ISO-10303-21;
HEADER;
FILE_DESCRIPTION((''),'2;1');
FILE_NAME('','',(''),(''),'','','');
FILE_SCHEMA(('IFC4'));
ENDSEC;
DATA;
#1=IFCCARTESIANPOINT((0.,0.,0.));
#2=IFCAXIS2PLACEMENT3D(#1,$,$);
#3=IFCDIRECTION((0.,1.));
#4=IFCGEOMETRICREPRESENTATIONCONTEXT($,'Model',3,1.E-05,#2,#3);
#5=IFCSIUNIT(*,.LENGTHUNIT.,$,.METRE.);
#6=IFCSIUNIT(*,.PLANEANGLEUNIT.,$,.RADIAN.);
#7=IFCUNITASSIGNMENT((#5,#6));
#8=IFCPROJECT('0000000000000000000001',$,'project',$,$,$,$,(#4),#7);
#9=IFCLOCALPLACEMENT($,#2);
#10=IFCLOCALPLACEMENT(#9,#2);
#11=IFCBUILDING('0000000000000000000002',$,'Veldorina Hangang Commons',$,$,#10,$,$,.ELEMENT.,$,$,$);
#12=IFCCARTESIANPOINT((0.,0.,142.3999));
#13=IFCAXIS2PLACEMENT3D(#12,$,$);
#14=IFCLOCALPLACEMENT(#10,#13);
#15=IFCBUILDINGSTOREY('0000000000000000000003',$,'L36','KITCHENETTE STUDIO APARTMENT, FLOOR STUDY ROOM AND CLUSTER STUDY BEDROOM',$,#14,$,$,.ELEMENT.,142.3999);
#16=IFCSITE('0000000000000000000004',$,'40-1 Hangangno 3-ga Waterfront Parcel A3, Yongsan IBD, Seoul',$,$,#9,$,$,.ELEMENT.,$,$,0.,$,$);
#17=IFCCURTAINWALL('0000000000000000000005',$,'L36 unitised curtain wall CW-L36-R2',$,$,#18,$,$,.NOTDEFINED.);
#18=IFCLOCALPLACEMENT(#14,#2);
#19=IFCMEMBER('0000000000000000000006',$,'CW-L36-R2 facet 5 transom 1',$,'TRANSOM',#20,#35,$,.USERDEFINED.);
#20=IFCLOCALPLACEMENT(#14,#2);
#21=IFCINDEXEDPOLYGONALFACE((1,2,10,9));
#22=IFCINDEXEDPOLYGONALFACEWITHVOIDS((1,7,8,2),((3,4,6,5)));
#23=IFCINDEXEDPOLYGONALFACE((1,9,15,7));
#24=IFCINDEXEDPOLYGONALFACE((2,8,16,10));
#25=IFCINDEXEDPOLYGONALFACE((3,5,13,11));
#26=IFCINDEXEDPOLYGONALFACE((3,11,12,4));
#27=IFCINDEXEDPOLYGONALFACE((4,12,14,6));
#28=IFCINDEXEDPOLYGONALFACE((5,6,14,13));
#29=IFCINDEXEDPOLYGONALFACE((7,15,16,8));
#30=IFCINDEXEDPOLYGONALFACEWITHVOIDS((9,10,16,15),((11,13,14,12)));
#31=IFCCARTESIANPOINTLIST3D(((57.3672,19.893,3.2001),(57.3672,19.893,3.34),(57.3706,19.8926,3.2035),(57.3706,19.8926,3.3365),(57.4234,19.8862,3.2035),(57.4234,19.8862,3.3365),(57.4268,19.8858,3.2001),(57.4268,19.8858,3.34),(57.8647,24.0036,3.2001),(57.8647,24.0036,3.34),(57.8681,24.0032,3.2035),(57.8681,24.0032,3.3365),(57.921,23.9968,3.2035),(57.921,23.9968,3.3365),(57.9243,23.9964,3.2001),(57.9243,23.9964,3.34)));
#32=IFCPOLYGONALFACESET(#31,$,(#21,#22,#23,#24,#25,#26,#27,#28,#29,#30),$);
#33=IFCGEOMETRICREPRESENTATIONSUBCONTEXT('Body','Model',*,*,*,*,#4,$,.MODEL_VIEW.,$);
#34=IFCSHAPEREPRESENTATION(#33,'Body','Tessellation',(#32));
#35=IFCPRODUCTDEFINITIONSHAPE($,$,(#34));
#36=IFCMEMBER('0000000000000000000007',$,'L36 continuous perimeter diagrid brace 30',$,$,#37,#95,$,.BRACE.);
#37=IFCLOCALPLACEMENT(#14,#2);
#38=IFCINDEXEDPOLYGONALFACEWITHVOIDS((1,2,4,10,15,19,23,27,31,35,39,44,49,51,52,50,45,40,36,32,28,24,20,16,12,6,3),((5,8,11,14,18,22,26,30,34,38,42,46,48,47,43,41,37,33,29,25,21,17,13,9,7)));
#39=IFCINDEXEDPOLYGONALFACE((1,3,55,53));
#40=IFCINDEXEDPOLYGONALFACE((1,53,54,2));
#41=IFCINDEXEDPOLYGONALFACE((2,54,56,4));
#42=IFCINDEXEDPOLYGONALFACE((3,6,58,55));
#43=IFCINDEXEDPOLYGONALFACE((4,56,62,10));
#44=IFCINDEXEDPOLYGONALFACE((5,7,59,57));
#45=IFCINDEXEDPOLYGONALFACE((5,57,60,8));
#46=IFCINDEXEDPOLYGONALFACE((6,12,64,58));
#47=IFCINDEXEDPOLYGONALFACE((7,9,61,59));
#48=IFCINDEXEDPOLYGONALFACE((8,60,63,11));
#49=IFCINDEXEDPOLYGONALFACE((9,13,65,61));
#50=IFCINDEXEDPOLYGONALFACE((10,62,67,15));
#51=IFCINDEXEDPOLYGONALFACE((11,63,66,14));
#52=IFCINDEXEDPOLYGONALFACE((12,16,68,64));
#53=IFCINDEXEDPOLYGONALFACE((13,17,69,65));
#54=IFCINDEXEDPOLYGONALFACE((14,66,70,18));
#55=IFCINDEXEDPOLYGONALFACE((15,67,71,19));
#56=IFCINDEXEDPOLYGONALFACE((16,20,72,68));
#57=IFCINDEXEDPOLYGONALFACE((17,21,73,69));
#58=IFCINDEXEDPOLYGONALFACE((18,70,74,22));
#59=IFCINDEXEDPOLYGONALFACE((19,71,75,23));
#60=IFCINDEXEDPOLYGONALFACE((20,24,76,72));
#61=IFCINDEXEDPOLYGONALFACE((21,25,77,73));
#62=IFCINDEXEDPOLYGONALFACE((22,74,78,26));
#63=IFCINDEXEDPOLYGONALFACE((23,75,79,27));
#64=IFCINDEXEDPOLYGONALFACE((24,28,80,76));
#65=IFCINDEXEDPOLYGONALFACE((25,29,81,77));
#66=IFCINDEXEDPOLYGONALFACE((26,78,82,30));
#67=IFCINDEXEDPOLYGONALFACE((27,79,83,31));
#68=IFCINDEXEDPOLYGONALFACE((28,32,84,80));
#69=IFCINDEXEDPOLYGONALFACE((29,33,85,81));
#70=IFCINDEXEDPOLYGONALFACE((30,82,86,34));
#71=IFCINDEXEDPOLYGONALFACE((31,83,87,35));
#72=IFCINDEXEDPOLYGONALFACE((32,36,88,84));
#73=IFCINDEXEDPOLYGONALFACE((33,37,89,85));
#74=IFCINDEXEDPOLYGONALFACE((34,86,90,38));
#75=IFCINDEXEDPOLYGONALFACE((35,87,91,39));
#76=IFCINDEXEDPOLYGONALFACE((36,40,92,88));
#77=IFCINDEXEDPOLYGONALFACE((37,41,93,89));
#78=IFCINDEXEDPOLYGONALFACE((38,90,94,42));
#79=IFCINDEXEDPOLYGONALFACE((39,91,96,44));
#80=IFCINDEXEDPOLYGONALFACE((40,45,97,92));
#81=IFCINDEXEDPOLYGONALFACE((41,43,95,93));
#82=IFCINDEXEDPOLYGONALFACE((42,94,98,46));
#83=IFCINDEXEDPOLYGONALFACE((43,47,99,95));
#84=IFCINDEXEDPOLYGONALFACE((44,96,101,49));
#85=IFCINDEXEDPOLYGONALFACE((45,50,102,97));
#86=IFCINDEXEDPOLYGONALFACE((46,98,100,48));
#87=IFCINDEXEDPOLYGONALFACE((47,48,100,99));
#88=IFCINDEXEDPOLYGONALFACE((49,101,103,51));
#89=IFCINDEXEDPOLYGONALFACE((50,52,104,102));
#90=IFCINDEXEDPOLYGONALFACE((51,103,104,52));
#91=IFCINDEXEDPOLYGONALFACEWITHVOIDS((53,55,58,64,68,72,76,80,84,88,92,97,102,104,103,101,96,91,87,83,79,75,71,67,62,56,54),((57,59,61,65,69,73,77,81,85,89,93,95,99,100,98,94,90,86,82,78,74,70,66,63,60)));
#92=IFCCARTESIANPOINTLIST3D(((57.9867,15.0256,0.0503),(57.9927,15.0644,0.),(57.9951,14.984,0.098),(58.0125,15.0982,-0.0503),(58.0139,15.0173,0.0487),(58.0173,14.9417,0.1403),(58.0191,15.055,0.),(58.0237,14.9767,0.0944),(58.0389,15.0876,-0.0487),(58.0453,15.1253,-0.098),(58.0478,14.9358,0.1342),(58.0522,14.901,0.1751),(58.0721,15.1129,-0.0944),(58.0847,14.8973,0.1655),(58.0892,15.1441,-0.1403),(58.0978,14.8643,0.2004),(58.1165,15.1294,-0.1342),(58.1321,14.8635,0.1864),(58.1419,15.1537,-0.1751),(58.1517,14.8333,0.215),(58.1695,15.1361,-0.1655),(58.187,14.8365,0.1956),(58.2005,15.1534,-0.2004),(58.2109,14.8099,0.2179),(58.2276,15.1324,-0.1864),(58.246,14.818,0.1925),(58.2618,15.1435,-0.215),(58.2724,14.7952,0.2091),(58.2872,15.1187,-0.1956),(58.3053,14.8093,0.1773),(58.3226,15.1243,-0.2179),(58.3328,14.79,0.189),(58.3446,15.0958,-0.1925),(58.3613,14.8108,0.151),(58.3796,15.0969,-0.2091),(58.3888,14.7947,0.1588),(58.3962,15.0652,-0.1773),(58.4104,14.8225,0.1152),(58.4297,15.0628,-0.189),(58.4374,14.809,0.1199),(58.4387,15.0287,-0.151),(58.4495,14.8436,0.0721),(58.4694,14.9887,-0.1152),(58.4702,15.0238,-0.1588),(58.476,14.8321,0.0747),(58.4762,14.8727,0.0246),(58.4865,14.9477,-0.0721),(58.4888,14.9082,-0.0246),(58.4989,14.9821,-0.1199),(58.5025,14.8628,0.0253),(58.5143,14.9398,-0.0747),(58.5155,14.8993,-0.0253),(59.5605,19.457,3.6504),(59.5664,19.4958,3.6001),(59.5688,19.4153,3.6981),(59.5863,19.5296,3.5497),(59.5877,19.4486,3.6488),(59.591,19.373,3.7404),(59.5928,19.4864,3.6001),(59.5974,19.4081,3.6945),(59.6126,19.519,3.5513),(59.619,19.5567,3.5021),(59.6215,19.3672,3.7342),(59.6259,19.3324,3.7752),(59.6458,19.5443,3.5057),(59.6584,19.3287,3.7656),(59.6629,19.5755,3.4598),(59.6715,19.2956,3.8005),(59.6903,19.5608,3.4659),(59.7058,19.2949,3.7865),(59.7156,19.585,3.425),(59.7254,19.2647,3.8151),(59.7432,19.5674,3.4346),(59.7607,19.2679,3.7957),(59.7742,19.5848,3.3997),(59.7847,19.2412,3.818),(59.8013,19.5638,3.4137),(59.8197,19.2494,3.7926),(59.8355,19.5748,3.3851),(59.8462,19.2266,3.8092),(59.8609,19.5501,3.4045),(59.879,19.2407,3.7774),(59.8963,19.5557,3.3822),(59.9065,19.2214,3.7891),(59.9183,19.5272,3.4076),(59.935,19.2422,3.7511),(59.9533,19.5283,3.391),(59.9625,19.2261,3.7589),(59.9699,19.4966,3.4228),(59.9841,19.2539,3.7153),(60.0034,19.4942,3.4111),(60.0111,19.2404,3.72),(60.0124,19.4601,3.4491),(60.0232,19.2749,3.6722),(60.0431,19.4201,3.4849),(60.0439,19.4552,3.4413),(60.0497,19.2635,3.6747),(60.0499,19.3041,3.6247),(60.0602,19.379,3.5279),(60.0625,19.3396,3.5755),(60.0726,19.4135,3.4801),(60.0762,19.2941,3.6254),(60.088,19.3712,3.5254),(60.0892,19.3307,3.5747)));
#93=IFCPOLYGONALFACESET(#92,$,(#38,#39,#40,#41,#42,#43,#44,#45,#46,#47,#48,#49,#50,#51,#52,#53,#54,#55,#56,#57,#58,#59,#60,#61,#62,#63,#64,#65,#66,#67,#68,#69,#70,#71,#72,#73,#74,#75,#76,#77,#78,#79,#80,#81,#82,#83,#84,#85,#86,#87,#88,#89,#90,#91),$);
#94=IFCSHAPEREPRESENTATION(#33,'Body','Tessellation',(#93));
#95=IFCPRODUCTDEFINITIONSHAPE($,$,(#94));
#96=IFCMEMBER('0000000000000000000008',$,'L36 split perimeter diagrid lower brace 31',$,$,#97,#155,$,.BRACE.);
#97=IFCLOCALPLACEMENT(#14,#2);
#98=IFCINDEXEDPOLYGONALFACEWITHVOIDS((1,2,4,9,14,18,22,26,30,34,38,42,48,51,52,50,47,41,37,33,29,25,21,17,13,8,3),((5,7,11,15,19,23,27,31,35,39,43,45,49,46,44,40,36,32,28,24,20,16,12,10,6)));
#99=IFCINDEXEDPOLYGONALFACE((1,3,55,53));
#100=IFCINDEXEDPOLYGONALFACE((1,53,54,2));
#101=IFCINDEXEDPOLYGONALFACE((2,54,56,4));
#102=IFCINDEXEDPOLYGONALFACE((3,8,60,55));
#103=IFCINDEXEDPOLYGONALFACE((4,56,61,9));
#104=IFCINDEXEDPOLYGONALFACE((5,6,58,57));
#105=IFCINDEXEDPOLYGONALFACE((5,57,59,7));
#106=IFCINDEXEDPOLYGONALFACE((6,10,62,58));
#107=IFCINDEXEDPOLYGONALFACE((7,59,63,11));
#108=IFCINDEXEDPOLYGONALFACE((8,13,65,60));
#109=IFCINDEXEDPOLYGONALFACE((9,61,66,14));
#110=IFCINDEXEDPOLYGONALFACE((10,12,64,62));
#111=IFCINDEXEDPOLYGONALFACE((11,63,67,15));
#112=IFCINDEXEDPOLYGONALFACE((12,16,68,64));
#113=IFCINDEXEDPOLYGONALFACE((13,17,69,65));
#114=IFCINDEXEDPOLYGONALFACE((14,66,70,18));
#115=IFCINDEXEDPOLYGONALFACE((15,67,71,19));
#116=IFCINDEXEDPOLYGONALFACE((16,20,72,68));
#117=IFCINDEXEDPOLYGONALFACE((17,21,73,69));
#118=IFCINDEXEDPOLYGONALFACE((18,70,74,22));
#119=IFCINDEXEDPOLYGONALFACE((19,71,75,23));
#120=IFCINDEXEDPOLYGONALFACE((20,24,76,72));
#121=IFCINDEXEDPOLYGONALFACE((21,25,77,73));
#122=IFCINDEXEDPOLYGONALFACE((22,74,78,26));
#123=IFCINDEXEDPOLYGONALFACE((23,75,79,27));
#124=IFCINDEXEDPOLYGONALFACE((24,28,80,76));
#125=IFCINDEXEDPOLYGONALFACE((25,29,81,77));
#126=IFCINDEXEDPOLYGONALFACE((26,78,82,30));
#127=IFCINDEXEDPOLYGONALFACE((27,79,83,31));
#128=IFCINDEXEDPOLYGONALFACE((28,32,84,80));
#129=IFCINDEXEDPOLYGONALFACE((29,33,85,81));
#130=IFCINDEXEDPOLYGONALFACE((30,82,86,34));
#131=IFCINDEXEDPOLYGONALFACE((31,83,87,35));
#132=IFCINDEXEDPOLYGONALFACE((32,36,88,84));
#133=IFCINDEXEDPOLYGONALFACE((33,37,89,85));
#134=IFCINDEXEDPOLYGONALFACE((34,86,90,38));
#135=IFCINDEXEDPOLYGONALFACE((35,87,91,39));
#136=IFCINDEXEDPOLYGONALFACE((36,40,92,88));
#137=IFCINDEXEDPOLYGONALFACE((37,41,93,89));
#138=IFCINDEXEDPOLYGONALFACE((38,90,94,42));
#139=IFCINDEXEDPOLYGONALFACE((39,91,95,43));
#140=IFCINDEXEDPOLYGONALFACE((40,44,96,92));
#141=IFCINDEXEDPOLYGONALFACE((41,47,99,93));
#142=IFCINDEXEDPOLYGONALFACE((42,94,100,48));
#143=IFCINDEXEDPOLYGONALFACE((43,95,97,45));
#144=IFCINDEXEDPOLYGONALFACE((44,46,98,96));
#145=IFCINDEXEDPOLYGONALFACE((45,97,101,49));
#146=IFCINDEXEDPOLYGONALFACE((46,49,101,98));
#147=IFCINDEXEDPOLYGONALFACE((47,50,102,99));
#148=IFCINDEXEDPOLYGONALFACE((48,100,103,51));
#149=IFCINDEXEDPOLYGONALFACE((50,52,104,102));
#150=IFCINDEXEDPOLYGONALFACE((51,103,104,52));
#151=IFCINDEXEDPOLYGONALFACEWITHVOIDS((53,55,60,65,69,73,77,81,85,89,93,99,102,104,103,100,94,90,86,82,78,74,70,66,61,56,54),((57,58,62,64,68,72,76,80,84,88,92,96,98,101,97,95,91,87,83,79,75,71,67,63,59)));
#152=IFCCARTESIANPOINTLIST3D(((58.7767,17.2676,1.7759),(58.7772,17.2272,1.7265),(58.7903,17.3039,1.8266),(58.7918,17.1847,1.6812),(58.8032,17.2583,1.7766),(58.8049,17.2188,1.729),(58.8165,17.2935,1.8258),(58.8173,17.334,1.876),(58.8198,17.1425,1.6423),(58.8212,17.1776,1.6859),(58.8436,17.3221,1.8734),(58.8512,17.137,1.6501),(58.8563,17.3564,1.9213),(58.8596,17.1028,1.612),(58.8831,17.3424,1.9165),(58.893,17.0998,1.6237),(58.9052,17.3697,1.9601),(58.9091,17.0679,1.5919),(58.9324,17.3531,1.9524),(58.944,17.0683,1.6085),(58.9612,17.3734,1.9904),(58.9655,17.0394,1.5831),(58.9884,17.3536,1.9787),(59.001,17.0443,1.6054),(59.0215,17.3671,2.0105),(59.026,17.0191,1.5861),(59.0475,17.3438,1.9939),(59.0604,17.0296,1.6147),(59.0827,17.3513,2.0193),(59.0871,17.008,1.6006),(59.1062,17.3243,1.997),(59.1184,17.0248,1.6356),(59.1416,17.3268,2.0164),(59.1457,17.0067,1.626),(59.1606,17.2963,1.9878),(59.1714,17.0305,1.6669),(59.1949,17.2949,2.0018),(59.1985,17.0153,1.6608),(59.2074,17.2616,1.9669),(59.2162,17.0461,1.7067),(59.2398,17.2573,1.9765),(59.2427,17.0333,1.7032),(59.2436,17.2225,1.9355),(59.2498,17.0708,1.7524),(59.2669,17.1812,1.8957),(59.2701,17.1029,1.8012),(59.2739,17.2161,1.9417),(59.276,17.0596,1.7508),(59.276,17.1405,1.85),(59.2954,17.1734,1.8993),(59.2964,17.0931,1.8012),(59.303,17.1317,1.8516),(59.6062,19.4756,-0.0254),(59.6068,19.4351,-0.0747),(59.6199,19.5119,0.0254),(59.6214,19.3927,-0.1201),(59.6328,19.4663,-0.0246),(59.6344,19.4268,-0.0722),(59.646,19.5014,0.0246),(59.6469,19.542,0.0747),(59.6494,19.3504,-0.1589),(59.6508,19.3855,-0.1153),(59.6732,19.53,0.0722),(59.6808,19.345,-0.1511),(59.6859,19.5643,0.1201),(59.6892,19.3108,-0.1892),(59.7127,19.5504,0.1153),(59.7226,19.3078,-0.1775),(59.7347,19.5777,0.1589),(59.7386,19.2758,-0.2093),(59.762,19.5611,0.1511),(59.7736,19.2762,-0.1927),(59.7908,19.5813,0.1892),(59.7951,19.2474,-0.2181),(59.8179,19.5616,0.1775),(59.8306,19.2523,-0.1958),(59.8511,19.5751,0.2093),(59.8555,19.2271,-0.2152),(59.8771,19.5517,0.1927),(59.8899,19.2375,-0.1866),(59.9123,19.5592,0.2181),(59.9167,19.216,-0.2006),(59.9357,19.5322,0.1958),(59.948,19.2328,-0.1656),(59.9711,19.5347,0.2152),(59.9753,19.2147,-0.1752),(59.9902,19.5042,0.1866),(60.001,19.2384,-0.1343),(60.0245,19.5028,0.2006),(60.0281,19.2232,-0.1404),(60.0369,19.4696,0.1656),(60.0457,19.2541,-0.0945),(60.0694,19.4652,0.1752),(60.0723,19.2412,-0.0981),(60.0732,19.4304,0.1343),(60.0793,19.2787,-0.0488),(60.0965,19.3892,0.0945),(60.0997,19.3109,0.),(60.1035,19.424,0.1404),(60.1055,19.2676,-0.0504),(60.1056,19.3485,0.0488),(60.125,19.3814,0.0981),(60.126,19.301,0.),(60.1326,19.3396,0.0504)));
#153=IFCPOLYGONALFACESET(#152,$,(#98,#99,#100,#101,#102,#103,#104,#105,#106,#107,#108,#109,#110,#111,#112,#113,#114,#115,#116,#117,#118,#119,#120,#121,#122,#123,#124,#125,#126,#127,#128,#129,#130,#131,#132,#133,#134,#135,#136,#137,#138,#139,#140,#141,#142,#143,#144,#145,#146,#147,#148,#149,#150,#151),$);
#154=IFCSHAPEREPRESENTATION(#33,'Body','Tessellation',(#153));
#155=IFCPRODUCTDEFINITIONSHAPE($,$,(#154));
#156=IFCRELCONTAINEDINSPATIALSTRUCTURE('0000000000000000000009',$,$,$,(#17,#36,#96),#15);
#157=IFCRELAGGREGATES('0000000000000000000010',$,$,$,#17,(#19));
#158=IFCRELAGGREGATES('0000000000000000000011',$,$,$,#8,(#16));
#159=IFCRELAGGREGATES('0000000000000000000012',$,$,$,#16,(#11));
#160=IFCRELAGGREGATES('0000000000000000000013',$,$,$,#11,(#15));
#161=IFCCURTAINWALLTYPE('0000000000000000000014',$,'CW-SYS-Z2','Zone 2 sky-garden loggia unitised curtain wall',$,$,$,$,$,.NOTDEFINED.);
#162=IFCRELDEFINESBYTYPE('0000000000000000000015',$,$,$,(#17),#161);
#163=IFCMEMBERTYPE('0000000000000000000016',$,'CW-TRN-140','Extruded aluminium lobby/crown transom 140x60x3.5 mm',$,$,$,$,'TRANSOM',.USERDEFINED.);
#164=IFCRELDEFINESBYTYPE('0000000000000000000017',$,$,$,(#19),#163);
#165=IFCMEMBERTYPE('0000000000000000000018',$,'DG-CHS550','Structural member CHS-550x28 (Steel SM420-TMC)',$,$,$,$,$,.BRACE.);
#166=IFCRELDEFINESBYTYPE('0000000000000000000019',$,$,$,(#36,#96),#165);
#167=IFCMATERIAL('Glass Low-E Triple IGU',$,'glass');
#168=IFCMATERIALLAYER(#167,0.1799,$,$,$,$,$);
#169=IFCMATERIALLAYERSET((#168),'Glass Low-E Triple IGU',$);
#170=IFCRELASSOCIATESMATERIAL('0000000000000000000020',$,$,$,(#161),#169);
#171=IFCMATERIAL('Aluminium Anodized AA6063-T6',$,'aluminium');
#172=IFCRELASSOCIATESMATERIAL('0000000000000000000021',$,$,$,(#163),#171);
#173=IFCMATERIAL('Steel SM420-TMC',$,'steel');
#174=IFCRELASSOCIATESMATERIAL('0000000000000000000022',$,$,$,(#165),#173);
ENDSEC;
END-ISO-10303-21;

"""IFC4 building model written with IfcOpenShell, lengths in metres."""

from ifc_helpers import new_model, si_unit, direction, frame, origin, origin_2d, place, context, subcontext, project, spatial, hollow_rectangle, hollow_circle, extrude, material, layer, layer_set, material_profile, profile_set, type_object, element, aggregate, save


model = new_model("IFC4")

# Units and contexts
model_context = context("Model", 3, precision=1e-05, world=origin(), true_north=direction((0.0, 1.0)))
body_context = subcontext(model_context, "Body", "Model", "MODEL_VIEW")
ifc_project = project(units=[si_unit("LENGTHUNIT", "METRE"), si_unit("PLANEANGLEUNIT", "RADIAN")], contexts=[model_context])

# Site, building, storey
site_placement = place(None, origin())
site = spatial("IfcSite", under=ifc_project, at=site_placement, Name="40-1 Hangangno 3-ga Waterfront Parcel A3, Yongsan IBD, Seoul", CompositionType="ELEMENT", RefElevation=0.0)
building_placement = place(site_placement, origin())
building = spatial("IfcBuilding", under=site, at=building_placement, Name="Veldorina Hangang Commons", CompositionType="ELEMENT")
storey_placement = place(building_placement, frame((0.0, 0.0, 142.3999)))
storey = spatial("IfcBuildingStorey", under=building, at=storey_placement, Name="L36", Description="KITCHENETTE STUDIO APARTMENT, FLOOR STUDY ROOM AND CLUSTER STUDY BEDROOM", CompositionType="ELEMENT", Elevation=142.3999)

# Shared definitions
ifc_material_1 = material(Name="Steel SM420-TMC", Category="steel")

# Curtain wall, member
ifc_material_2 = material(Name="Glass Low-E Triple IGU", Category="glass")
ifc_layer_1 = layer(ifc_material_2, 0.1799)
ifc_layer_set_1 = layer_set([ifc_layer_1], Name="Glass Low-E Triple IGU")
curtain_wall_type = type_object("IfcCurtainWallType", Name="CW-SYS-Z2", Description="Zone 2 sky-garden loggia unitised curtain wall", PredefinedType="NOTDEFINED", material=ifc_layer_set_1)
curtain_wall_placement = place(storey_placement, origin())
curtain_wall = element("IfcCurtainWall", 1, at=curtain_wall_placement, inside=storey, type_object=curtain_wall_type, Name="L36 unitised curtain wall CW-L36-R2", PredefinedType="NOTDEFINED")
ifc_material_3 = material(Name="Aluminium Anodized AA6063-T6", Category="aluminium")
ifc_material_profile_1 = material_profile(ifc_material_3, hollow_rectangle(XDim=0.0601, YDim=0.1399, WallThickness=0.0034, at=origin_2d()), Name="ALU-RHS-140x60x3.5")
ifc_profile_set_1 = profile_set([ifc_material_profile_1], Name="Aluminium Anodized AA6063-T6")
member_type_1 = type_object("IfcMemberType", Name="CW-TRN-140", Description="Extruded aluminium lobby/crown transom 140x60x3.5 mm", ElementType="TRANSOM", PredefinedType="USERDEFINED", material=ifc_profile_set_1)
member_1_placement = place(storey_placement, frame((57.397, 19.8894, 3.27), z_axis=(0.120166, 0.992754, 0.0), x_axis=(-0.992754, 0.120166, 0.0)))
member_1 = element("IfcMember", 2, at=member_1_placement, type_object=member_type_1, Name="CW-L36-R2 facet 5 transom 1", ObjectType="TRANSOM", PredefinedType="USERDEFINED", context=body_context, shape_type="SweptSolid", body=[
    extrude(hollow_rectangle(XDim=0.0601, YDim=0.1399, WallThickness=0.0034, at=origin_2d()), origin(), (0.0, 0.0, 1.0), 4.1406),
])

# Members
ifc_material_profile_2 = material_profile(ifc_material_1, hollow_circle(Radius=0.2749, WallThickness=0.0281, at=origin_2d()), Name="CHS-550x28")
ifc_profile_set_2 = profile_set([ifc_material_profile_2], Name="Steel SM420-TMC")
member_type_2 = type_object("IfcMemberType", Name="DG-CHS550", Description="Structural member CHS-550x28 (Steel SM420-TMC)", PredefinedType="BRACE", material=ifc_profile_set_2)
member_2_placement = place(storey_placement, frame((58.2517, 14.9724, 0.0), z_axis=(0.265726, 0.748246, 0.60788), x_axis=(-0.942341, 0.334655, 0.0)))
element("IfcMember", 3, at=member_2_placement, inside=storey, type_object=member_type_2, Name="L36 continuous perimeter diagrid brace 30", PredefinedType="BRACE", context=body_context, shape_type="SweptSolid", body=[
    extrude(hollow_circle(Radius=0.2749, WallThickness=0.0281, at=origin_2d()), origin(), (0.0, 0.0, 1.0), 5.9224),
])
member_3_placement = place(storey_placement, frame((59.8687, 19.3977, 0.0), z_axis=(-0.279526, -0.743977, 0.606929), x_axis=(0.936108, -0.351713, 0.0)))
element("IfcMember", 4, at=member_3_placement, inside=storey, type_object=member_type_2, Name="L36 split perimeter diagrid lower brace 31", PredefinedType="BRACE", context=body_context, shape_type="SweptSolid", body=[
    extrude(hollow_circle(Radius=0.2749, WallThickness=0.0281, at=origin_2d()), origin(), (0.0, 0.0, 1.0), 2.9678),
])

aggregate(curtain_wall, [member_1])

save(model, "model.ifc")
